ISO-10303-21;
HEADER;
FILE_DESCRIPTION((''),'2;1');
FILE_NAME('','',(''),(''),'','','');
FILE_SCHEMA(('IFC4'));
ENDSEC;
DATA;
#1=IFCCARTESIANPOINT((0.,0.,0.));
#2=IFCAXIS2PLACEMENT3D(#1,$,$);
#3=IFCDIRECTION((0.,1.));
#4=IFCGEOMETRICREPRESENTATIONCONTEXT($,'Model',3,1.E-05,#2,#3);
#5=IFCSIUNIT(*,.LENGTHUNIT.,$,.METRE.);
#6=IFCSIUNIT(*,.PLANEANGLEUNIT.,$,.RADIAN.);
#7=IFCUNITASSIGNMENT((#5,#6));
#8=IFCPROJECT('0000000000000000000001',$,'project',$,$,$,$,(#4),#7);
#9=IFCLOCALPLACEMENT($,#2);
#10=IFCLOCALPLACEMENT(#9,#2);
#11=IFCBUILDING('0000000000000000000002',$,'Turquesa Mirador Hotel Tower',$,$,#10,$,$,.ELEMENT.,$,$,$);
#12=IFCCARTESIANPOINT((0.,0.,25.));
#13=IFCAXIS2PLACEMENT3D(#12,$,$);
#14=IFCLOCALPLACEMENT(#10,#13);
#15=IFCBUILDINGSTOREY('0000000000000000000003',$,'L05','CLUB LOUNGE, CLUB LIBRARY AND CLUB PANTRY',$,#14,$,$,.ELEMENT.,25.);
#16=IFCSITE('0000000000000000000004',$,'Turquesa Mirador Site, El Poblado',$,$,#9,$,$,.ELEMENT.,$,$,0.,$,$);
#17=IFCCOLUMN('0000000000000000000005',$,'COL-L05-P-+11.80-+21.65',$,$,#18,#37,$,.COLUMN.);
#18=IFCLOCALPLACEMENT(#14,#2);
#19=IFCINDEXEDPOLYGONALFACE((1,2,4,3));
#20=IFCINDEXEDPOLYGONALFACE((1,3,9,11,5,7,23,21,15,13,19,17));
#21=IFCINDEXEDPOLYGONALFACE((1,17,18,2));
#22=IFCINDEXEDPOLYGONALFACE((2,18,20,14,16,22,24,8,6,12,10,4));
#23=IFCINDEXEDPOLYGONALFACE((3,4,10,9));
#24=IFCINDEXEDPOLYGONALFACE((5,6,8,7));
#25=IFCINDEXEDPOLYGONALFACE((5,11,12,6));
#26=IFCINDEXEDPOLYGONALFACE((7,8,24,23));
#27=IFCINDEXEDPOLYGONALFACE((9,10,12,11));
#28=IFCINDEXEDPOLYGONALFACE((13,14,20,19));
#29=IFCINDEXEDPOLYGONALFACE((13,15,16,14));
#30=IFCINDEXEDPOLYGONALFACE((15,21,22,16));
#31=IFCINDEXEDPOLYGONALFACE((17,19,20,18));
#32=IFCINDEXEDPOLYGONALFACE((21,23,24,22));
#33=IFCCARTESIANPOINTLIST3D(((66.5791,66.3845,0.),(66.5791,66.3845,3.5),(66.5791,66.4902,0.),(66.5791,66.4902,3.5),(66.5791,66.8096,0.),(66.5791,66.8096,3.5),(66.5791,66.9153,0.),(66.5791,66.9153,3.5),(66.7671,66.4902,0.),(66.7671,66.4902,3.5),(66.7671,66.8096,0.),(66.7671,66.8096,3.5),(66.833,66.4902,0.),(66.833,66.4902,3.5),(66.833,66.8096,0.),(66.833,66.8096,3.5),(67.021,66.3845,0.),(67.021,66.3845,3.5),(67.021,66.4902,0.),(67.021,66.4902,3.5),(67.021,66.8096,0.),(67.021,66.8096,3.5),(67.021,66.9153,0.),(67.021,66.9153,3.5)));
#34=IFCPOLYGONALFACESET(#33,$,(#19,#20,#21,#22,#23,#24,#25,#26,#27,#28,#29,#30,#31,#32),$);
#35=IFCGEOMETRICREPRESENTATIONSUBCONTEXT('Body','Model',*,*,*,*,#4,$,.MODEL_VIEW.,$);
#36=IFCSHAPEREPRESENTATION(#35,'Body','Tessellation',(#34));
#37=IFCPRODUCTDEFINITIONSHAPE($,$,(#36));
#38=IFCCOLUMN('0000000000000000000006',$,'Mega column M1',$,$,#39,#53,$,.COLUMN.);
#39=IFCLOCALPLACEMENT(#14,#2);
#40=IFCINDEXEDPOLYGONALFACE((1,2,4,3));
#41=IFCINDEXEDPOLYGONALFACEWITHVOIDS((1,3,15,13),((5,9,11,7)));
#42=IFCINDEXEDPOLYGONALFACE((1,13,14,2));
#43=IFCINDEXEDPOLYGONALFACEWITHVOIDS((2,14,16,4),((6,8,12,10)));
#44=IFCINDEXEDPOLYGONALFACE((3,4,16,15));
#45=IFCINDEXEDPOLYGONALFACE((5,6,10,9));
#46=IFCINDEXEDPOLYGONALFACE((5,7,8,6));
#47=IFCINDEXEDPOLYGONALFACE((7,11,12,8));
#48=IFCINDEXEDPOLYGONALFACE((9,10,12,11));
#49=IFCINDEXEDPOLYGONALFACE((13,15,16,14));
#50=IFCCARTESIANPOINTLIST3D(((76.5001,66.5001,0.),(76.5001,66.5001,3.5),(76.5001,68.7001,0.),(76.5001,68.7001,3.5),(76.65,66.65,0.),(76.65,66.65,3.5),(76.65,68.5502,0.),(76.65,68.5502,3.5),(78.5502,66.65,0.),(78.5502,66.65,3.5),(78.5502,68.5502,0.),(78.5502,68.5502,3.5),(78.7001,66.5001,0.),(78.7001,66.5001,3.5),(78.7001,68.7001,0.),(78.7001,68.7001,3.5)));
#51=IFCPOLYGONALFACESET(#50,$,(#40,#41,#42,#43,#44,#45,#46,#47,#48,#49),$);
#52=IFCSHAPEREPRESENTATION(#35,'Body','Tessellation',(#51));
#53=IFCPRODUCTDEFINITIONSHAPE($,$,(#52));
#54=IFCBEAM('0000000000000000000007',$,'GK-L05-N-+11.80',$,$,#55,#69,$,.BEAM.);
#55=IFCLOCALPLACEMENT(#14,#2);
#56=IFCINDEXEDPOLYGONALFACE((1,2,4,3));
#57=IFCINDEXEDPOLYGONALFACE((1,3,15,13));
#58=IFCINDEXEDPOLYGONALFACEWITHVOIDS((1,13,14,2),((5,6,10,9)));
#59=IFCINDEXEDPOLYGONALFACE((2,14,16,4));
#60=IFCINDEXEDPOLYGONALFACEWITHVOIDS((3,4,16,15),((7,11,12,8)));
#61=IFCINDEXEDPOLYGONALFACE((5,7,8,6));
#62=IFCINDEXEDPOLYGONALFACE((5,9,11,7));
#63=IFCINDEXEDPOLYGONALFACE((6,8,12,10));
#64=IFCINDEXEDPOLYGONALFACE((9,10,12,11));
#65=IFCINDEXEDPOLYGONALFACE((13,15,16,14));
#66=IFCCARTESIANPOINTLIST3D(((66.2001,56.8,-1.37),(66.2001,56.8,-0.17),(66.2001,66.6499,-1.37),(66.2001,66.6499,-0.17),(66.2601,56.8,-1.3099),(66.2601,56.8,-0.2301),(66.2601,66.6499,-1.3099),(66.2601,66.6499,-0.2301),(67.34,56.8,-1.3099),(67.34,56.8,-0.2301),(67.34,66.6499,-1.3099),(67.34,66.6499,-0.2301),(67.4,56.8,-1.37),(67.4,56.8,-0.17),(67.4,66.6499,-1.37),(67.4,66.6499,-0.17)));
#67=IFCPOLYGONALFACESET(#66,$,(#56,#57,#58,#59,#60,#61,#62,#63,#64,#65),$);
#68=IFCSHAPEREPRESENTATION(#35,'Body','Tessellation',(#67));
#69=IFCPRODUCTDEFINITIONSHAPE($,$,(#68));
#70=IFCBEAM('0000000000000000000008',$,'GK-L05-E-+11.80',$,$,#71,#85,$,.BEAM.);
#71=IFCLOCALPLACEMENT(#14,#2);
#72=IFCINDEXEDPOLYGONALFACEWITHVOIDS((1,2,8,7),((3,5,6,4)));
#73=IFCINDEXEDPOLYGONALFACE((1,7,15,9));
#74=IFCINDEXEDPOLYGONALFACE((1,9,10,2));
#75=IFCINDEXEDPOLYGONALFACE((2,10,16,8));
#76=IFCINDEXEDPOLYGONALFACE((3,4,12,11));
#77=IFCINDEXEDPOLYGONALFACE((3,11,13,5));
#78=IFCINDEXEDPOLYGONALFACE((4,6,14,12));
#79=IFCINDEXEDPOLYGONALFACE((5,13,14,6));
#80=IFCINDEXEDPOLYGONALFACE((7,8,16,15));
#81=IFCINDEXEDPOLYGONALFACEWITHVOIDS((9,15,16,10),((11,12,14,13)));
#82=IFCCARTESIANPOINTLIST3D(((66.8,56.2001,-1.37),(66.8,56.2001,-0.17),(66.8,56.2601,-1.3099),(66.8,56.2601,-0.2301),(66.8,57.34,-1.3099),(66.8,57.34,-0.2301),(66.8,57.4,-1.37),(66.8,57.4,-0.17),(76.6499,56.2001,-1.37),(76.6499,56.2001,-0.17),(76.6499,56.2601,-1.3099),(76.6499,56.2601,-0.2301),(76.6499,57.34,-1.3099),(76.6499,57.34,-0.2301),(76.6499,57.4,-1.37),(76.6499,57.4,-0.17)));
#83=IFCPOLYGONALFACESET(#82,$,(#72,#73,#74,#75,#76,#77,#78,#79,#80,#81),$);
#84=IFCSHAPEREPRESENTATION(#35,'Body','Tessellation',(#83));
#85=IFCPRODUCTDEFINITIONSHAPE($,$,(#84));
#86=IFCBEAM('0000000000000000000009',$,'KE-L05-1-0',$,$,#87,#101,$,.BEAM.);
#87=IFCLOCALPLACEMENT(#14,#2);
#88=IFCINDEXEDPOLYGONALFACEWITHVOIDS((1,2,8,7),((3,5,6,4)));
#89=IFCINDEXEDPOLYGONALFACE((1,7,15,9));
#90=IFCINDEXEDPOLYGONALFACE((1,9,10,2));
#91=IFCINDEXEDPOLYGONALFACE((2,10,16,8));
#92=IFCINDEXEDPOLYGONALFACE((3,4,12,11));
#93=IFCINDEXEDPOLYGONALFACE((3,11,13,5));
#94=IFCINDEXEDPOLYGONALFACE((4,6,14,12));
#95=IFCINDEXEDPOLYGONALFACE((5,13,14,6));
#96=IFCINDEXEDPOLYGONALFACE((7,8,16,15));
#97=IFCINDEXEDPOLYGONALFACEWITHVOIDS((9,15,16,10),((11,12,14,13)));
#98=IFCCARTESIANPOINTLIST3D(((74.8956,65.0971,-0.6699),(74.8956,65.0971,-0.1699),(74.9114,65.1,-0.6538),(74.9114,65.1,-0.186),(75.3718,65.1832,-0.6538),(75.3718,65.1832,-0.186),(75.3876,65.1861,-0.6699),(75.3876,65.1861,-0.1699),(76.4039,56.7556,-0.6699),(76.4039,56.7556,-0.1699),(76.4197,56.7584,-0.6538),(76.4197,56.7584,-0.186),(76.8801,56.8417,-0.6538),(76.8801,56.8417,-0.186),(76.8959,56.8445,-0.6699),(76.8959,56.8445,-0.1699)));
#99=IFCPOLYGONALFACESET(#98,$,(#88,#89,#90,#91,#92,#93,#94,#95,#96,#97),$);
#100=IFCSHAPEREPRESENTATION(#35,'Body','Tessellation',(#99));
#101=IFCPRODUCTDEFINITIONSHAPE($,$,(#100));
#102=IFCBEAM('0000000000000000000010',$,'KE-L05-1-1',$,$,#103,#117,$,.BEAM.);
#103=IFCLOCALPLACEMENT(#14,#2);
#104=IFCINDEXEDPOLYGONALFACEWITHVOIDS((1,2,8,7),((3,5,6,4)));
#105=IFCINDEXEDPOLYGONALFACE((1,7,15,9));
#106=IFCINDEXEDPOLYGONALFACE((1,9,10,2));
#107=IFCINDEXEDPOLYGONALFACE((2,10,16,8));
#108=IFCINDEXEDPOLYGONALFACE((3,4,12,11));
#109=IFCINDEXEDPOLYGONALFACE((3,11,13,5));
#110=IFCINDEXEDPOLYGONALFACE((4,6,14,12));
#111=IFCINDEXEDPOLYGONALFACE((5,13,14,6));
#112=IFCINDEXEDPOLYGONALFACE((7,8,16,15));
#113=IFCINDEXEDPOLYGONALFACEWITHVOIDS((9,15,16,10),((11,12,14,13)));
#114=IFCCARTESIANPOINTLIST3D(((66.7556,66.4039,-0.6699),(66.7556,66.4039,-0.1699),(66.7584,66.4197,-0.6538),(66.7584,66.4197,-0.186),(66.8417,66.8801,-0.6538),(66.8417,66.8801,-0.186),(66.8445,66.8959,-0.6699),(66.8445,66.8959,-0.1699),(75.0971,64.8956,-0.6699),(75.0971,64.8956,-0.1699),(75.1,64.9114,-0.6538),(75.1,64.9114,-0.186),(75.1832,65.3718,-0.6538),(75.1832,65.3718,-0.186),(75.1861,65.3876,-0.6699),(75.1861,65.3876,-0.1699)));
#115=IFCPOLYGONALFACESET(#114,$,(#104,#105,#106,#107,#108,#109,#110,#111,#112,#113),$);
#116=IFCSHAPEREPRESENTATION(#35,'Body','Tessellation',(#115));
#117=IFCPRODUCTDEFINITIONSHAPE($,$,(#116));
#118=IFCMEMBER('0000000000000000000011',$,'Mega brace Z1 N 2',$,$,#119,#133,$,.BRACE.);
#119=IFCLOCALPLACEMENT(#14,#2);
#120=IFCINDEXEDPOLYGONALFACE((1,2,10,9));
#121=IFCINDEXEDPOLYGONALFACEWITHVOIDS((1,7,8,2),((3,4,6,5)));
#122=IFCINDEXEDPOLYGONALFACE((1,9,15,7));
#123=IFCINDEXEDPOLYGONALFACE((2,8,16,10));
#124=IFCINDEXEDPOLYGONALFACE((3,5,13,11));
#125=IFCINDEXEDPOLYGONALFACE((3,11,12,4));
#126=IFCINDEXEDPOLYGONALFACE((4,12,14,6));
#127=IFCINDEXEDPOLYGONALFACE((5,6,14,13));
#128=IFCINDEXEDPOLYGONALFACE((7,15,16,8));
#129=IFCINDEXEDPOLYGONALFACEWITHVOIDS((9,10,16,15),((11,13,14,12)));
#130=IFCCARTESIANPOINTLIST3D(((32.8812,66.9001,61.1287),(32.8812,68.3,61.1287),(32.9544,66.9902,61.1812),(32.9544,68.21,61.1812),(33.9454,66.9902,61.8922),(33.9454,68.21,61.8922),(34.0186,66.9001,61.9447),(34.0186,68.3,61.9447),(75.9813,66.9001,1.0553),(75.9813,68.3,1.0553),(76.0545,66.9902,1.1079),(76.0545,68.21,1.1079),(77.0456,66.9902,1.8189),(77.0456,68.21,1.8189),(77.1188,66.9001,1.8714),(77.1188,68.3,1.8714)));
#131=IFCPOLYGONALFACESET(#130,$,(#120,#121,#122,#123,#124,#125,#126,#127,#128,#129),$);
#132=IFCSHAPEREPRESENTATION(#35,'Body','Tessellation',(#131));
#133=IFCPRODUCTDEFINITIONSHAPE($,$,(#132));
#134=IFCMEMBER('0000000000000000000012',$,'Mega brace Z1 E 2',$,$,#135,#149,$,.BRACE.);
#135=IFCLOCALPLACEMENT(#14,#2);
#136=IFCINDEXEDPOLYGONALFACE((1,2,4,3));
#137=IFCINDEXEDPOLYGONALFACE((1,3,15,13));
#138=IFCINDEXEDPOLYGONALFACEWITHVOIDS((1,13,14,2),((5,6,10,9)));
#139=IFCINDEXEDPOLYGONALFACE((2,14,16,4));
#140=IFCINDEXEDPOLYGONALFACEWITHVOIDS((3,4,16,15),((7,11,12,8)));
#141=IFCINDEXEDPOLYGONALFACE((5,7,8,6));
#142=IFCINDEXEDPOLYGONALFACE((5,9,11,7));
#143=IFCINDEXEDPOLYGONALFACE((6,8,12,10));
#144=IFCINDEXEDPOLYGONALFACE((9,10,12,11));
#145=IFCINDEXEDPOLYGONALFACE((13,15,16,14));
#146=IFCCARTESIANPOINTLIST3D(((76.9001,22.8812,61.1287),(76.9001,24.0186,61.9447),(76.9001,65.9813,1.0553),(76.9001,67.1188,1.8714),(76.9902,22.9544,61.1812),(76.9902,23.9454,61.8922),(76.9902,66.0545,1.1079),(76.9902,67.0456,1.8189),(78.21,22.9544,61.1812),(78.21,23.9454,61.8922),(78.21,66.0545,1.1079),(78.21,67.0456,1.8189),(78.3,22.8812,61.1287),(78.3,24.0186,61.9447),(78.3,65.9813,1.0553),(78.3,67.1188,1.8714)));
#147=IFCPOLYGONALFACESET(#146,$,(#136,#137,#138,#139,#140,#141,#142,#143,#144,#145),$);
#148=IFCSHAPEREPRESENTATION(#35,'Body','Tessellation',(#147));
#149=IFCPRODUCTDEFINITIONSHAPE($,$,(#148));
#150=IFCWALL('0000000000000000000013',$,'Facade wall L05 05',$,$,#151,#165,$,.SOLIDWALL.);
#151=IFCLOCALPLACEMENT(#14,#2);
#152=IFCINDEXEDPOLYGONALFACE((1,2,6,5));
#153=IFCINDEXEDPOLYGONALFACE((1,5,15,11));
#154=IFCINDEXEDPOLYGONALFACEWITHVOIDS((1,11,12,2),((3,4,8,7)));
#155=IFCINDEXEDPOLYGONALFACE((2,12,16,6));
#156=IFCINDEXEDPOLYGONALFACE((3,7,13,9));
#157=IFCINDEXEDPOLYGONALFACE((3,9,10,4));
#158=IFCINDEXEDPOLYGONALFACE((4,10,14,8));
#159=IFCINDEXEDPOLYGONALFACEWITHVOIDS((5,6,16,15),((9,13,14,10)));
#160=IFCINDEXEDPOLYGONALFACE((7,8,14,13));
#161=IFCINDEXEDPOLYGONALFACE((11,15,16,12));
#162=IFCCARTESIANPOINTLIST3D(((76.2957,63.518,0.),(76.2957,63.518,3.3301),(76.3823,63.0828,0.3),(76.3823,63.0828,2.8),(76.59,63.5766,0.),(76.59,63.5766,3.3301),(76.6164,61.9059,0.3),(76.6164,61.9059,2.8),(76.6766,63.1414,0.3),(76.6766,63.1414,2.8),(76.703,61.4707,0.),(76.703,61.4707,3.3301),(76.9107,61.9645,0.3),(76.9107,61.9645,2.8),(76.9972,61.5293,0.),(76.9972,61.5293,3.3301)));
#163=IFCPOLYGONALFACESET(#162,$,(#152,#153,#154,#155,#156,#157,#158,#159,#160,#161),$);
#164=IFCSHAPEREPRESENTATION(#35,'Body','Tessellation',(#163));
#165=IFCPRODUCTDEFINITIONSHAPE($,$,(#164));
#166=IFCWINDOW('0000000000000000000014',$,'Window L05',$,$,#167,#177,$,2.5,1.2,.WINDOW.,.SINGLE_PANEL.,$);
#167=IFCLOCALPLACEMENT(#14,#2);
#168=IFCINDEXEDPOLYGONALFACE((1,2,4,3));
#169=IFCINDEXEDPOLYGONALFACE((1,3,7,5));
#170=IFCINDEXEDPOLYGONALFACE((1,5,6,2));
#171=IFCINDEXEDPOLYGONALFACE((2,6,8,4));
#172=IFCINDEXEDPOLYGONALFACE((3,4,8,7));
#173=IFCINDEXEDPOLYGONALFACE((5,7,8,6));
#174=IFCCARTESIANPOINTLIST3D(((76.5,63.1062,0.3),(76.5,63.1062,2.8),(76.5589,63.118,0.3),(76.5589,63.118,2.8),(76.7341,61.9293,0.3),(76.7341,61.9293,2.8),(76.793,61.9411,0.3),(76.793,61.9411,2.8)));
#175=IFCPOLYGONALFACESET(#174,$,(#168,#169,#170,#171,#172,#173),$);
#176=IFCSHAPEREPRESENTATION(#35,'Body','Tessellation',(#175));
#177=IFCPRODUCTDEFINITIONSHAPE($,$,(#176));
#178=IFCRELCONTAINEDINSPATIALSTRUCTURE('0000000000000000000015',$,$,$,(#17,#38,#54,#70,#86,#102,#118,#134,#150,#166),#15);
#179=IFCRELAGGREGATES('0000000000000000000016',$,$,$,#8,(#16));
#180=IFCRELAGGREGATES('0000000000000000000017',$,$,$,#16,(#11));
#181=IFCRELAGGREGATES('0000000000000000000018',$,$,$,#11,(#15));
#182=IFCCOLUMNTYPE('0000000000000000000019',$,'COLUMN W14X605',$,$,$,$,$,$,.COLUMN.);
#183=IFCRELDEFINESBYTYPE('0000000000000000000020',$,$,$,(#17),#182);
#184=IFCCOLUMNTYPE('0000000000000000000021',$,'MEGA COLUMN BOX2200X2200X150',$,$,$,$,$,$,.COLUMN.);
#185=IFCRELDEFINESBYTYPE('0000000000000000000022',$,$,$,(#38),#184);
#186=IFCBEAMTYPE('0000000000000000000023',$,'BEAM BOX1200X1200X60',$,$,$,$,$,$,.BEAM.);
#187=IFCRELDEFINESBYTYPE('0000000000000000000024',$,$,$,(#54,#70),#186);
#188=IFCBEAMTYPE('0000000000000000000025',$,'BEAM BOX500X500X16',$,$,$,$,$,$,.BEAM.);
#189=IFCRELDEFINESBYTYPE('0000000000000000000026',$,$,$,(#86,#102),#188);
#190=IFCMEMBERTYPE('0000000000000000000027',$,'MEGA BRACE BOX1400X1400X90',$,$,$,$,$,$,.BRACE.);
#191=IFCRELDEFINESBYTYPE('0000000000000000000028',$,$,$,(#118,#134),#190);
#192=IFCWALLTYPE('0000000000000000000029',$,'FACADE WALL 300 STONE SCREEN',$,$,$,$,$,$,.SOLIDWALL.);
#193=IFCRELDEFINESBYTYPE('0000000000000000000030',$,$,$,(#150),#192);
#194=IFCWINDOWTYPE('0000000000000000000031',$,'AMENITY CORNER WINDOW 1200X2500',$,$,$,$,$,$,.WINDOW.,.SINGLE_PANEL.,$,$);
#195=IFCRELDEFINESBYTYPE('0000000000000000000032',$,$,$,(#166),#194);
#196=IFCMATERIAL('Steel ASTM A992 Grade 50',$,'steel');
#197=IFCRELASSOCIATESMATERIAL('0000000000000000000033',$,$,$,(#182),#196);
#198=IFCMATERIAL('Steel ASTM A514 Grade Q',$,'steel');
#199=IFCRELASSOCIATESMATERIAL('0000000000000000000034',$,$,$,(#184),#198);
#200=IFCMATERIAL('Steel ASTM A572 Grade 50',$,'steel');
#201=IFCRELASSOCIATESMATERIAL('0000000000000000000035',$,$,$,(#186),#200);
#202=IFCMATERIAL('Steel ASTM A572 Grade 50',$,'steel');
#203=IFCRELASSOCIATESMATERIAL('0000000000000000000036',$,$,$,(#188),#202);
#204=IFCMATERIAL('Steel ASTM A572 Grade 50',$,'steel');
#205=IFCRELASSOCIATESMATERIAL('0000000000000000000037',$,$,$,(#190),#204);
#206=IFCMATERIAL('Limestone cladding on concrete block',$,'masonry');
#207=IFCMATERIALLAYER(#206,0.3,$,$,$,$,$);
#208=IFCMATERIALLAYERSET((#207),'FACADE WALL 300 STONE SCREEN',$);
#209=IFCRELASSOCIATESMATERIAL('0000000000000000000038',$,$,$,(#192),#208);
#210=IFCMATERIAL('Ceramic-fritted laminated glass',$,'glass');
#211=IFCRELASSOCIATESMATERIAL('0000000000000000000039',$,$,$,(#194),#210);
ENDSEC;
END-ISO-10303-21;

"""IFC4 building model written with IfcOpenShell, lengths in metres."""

from ifc_helpers import new_model, si_unit, direction, frame, frame_2d, origin, origin_2d, place, context, subcontext, project, spatial, rectangle, hollow_rectangle, i_section, extrude, material, layer, layer_set, material_profile, profile_set, type_object, element, fill, save


model = new_model("IFC4")

# Units and contexts
model_context = context("Model", 3, precision=1e-05, world=origin(), true_north=direction((0.0, 1.0)))
body_context = subcontext(model_context, "Body", "Model", "MODEL_VIEW")
ifc_project = project(units=[si_unit("LENGTHUNIT", "METRE"), si_unit("PLANEANGLEUNIT", "RADIAN")], contexts=[model_context])

# Site, building, storey
site_placement = place(None, origin())
site = spatial("IfcSite", under=ifc_project, at=site_placement, Name="Turquesa Mirador Site, El Poblado", CompositionType="ELEMENT", RefElevation=0.0)
building_placement = place(site_placement, origin())
building = spatial("IfcBuilding", under=site, at=building_placement, Name="Turquesa Mirador Hotel Tower", CompositionType="ELEMENT")
storey_placement = place(building_placement, frame((0.0, 0.0, 25.0)))
storey = spatial("IfcBuildingStorey", under=building, at=storey_placement, Name="L05", Description="CLUB LOUNGE, CLUB LIBRARY AND CLUB PANTRY", CompositionType="ELEMENT", Elevation=25.0)

# Columns
ifc_material_1 = material(Name="Steel ASTM A992 Grade 50", Category="steel")
ifc_material_profile_1 = material_profile(ifc_material_1, i_section(OverallWidth=0.4419, OverallDepth=0.5308, WebThickness=0.0659, FlangeThickness=0.1057, at=origin_2d()), Name="W14X605")
ifc_profile_set_1 = profile_set([ifc_material_profile_1], Name="Steel ASTM A992 Grade 50")
column_type_1 = type_object("IfcColumnType", Name="COLUMN W14X605", PredefinedType="COLUMN", material=ifc_profile_set_1)
column_1_placement = place(storey_placement, frame((66.8, 66.6499, 0.0), z_axis=(0.0, 0.0, 1.0), x_axis=(1.0, 0.0, 0.0)))
element("IfcColumn", 1, at=column_1_placement, inside=storey, type_object=column_type_1, Name="COL-L05-P-+11.80-+21.65", PredefinedType="COLUMN", context=body_context, shape_type="SweptSolid", body=[
    extrude(i_section(OverallWidth=0.4419, OverallDepth=0.5308, WebThickness=0.0659, FlangeThickness=0.1057, at=origin_2d()), origin(), (0.0, 0.0, 1.0), 3.5),
])
ifc_material_2 = material(Name="Steel ASTM A514 Grade Q", Category="steel")
ifc_material_profile_2 = material_profile(ifc_material_2, hollow_rectangle(XDim=2.2, YDim=2.2, WallThickness=0.1499, at=origin_2d()), Name="BOX2200X2200X150")
ifc_profile_set_2 = profile_set([ifc_material_profile_2], Name="Steel ASTM A514 Grade Q")
column_type_2 = type_object("IfcColumnType", Name="MEGA COLUMN BOX2200X2200X150", PredefinedType="COLUMN", material=ifc_profile_set_2)
column_2_placement = place(storey_placement, frame((77.6001, 67.6001, 0.0), z_axis=(0.0, 0.0, 1.0), x_axis=(1.0, 0.0, 0.0)))
element("IfcColumn", 2, at=column_2_placement, inside=storey, type_object=column_type_2, Name="Mega column M1", PredefinedType="COLUMN", context=body_context, shape_type="SweptSolid", body=[
    extrude(hollow_rectangle(XDim=2.2, YDim=2.2, WallThickness=0.1499, at=origin_2d()), origin(), (0.0, 0.0, 1.0), 3.5),
])

# Beams
ifc_material_3 = material(Name="Steel ASTM A572 Grade 50", Category="steel")
ifc_material_profile_3 = material_profile(ifc_material_3, hollow_rectangle(XDim=1.2, YDim=1.2, WallThickness=0.0601, at=origin_2d()), Name="BOX1200X1200X60")
ifc_profile_set_3 = profile_set([ifc_material_profile_3], Name="Steel ASTM A572 Grade 50")
beam_type_1 = type_object("IfcBeamType", Name="BEAM BOX1200X1200X60", PredefinedType="BEAM", material=ifc_profile_set_3)
for number, where, z_axis, x_axis, name in (
    (3, (66.8, 66.6499, -0.77), (0.0, -1.0, 0.0), (1.0, 0.0, 0.0), "GK-L05-N-+11.80"),
    (4, (76.6499, 56.8, -0.77), (-1.0, 0.0, 0.0), (0.0, -1.0, 0.0), "GK-L05-E-+11.80"),
):
    element("IfcBeam", number, at=place(storey_placement, frame(where, z_axis=z_axis, x_axis=x_axis)), inside=storey, type_object=beam_type_1, Name=name, PredefinedType="BEAM", context=body_context, shape_type="SweptSolid", body=[
        extrude(hollow_rectangle(XDim=1.2, YDim=1.2, WallThickness=0.0601, at=origin_2d()), origin(), (0.0, 0.0, 1.0), 9.8499),
    ])
ifc_material_4 = material(Name="Steel ASTM A572 Grade 50", Category="steel")
ifc_material_profile_4 = material_profile(ifc_material_4, hollow_rectangle(XDim=0.5, YDim=0.5, WallThickness=0.0161, at=origin_2d()), Name="BOX500X500X16")
ifc_profile_set_4 = profile_set([ifc_material_profile_4], Name="Steel ASTM A572 Grade 50")
beam_type_2 = type_object("IfcBeamType", Name="BEAM BOX500X500X16", PredefinedType="BEAM", material=ifc_profile_set_4)
for number, where, z_axis, x_axis, name in (
    (5, (76.6499, 56.8, -0.4199), (-0.177932, 0.984043, 0.0), (-0.984043, -0.177932, 0.0), "KE-L05-1-0"),
    (6, (75.1416, 65.1416, -0.4199), (-0.984043, 0.177932, 0.0), (-0.177932, -0.984043, 0.0), "KE-L05-1-1"),
):
    element("IfcBeam", number, at=place(storey_placement, frame(where, z_axis=z_axis, x_axis=x_axis)), inside=storey, type_object=beam_type_2, Name=name, PredefinedType="BEAM", context=body_context, shape_type="SweptSolid", body=[
        extrude(hollow_rectangle(XDim=0.5, YDim=0.5, WallThickness=0.0161, at=origin_2d()), origin(), (0.0, 0.0, 1.0), 8.4768),
    ])

# Members
ifc_material_5 = material(Name="Steel ASTM A572 Grade 50", Category="steel")
ifc_material_profile_5 = material_profile(ifc_material_5, hollow_rectangle(XDim=1.3999, YDim=1.3999, WallThickness=0.0901, at=origin_2d()), Name="BOX1400X1400X90")
ifc_profile_set_5 = profile_set([ifc_material_profile_5], Name="Steel ASTM A572 Grade 50")
member_type = type_object("IfcMemberType", Name="MEGA BRACE BOX1400X1400X90", PredefinedType="BRACE", material=ifc_profile_set_5)
for number, where, z_axis, x_axis, name in (
    (7, (76.55, 67.6001, 1.4634), (-0.582944, 0.0, 0.812512), (0.0, -1.0, 0.0), "Mega brace Z1 N 2"),
    (8, (77.6001, 66.55, 1.4634), (0.0, -0.582944, 0.812512), (1.0, 0.0, 0.0), "Mega brace Z1 E 2"),
):
    element("IfcMember", number, at=place(storey_placement, frame(where, z_axis=z_axis, x_axis=x_axis)), inside=storey, type_object=member_type, Name=name, PredefinedType="BRACE", context=body_context, shape_type="SweptSolid", body=[
        extrude(hollow_rectangle(XDim=1.3999, YDim=1.3999, WallThickness=0.0901, at=origin_2d()), origin(), (0.0, 0.0, 1.0), 73.9353),
    ])

# Wall, opening, window
ifc_material_6 = material(Name="Limestone cladding on concrete block", Category="masonry")
ifc_layer = layer(ifc_material_6, 0.3)
ifc_layer_set = layer_set([ifc_layer], Name="FACADE WALL 300 STONE SCREEN")
wall_type = type_object("IfcWallType", Name="FACADE WALL 300 STONE SCREEN", PredefinedType="SOLIDWALL", material=ifc_layer_set)
wall_1_placement = place(storey_placement, frame((76.8501, 61.5, 0.0), z_axis=(0.0, 0.0, 1.0), x_axis=(-0.195081, 0.980787, 0.0)))
wall_1 = element("IfcWall", 9, at=wall_1_placement, inside=storey, type_object=wall_type, Name="Facade wall L05 05", PredefinedType="SOLIDWALL", context=body_context, shape_type="SweptSolid", body=[
    extrude(rectangle(XDim=2.0874, YDim=0.3, at=frame_2d((1.0437, 0.0))), origin(), (0.0, 0.0, 1.0), 3.3301),
])
opening_1_placement = place(wall_1_placement, frame((0.4436, 0.0, 0.3)))
opening_1 = element("IfcOpeningElement", 10, at=opening_1_placement, cuts=wall_1, PredefinedType="OPENING", context=body_context, shape_type="SweptSolid", body=[
    extrude(rectangle(XDim=1.2, YDim=2.5, at=frame_2d((0.6001, 1.25))), frame((0.0, 0.1599, 0.0), z_axis=(0.0, -1.0, 0.0), x_axis=(1.0, 0.0, 0.0)), (0.0, 0.0, 1.0), 0.3201),
])
ifc_material_7 = material(Name="Ceramic-fritted laminated glass", Category="glass")
window_type_1 = type_object("IfcWindowType", Name="AMENITY CORNER WINDOW 1200X2500", PartitioningType="SINGLE_PANEL", PredefinedType="WINDOW", material=ifc_material_7)
window_1_placement = place(opening_1_placement, origin())
window_1 = element("IfcWindow", 11, at=window_1_placement, inside=storey, type_object=window_type_1, Name="Window L05", OverallHeight=2.5, OverallWidth=1.2, PartitioningType="SINGLE_PANEL", PredefinedType="WINDOW", context=body_context, shape_type="SweptSolid", body=[
    extrude(rectangle(XDim=1.2, YDim=2.5, at=frame_2d((0.6001, 1.25))), frame((0.0, 0.03, 0.0), z_axis=(0.0, -1.0, 0.0), x_axis=(1.0, 0.0, 0.0)), (0.0, 0.0, 1.0), 0.0601),
])
fill(opening_1, window_1)

save(model, "model.ifc")
